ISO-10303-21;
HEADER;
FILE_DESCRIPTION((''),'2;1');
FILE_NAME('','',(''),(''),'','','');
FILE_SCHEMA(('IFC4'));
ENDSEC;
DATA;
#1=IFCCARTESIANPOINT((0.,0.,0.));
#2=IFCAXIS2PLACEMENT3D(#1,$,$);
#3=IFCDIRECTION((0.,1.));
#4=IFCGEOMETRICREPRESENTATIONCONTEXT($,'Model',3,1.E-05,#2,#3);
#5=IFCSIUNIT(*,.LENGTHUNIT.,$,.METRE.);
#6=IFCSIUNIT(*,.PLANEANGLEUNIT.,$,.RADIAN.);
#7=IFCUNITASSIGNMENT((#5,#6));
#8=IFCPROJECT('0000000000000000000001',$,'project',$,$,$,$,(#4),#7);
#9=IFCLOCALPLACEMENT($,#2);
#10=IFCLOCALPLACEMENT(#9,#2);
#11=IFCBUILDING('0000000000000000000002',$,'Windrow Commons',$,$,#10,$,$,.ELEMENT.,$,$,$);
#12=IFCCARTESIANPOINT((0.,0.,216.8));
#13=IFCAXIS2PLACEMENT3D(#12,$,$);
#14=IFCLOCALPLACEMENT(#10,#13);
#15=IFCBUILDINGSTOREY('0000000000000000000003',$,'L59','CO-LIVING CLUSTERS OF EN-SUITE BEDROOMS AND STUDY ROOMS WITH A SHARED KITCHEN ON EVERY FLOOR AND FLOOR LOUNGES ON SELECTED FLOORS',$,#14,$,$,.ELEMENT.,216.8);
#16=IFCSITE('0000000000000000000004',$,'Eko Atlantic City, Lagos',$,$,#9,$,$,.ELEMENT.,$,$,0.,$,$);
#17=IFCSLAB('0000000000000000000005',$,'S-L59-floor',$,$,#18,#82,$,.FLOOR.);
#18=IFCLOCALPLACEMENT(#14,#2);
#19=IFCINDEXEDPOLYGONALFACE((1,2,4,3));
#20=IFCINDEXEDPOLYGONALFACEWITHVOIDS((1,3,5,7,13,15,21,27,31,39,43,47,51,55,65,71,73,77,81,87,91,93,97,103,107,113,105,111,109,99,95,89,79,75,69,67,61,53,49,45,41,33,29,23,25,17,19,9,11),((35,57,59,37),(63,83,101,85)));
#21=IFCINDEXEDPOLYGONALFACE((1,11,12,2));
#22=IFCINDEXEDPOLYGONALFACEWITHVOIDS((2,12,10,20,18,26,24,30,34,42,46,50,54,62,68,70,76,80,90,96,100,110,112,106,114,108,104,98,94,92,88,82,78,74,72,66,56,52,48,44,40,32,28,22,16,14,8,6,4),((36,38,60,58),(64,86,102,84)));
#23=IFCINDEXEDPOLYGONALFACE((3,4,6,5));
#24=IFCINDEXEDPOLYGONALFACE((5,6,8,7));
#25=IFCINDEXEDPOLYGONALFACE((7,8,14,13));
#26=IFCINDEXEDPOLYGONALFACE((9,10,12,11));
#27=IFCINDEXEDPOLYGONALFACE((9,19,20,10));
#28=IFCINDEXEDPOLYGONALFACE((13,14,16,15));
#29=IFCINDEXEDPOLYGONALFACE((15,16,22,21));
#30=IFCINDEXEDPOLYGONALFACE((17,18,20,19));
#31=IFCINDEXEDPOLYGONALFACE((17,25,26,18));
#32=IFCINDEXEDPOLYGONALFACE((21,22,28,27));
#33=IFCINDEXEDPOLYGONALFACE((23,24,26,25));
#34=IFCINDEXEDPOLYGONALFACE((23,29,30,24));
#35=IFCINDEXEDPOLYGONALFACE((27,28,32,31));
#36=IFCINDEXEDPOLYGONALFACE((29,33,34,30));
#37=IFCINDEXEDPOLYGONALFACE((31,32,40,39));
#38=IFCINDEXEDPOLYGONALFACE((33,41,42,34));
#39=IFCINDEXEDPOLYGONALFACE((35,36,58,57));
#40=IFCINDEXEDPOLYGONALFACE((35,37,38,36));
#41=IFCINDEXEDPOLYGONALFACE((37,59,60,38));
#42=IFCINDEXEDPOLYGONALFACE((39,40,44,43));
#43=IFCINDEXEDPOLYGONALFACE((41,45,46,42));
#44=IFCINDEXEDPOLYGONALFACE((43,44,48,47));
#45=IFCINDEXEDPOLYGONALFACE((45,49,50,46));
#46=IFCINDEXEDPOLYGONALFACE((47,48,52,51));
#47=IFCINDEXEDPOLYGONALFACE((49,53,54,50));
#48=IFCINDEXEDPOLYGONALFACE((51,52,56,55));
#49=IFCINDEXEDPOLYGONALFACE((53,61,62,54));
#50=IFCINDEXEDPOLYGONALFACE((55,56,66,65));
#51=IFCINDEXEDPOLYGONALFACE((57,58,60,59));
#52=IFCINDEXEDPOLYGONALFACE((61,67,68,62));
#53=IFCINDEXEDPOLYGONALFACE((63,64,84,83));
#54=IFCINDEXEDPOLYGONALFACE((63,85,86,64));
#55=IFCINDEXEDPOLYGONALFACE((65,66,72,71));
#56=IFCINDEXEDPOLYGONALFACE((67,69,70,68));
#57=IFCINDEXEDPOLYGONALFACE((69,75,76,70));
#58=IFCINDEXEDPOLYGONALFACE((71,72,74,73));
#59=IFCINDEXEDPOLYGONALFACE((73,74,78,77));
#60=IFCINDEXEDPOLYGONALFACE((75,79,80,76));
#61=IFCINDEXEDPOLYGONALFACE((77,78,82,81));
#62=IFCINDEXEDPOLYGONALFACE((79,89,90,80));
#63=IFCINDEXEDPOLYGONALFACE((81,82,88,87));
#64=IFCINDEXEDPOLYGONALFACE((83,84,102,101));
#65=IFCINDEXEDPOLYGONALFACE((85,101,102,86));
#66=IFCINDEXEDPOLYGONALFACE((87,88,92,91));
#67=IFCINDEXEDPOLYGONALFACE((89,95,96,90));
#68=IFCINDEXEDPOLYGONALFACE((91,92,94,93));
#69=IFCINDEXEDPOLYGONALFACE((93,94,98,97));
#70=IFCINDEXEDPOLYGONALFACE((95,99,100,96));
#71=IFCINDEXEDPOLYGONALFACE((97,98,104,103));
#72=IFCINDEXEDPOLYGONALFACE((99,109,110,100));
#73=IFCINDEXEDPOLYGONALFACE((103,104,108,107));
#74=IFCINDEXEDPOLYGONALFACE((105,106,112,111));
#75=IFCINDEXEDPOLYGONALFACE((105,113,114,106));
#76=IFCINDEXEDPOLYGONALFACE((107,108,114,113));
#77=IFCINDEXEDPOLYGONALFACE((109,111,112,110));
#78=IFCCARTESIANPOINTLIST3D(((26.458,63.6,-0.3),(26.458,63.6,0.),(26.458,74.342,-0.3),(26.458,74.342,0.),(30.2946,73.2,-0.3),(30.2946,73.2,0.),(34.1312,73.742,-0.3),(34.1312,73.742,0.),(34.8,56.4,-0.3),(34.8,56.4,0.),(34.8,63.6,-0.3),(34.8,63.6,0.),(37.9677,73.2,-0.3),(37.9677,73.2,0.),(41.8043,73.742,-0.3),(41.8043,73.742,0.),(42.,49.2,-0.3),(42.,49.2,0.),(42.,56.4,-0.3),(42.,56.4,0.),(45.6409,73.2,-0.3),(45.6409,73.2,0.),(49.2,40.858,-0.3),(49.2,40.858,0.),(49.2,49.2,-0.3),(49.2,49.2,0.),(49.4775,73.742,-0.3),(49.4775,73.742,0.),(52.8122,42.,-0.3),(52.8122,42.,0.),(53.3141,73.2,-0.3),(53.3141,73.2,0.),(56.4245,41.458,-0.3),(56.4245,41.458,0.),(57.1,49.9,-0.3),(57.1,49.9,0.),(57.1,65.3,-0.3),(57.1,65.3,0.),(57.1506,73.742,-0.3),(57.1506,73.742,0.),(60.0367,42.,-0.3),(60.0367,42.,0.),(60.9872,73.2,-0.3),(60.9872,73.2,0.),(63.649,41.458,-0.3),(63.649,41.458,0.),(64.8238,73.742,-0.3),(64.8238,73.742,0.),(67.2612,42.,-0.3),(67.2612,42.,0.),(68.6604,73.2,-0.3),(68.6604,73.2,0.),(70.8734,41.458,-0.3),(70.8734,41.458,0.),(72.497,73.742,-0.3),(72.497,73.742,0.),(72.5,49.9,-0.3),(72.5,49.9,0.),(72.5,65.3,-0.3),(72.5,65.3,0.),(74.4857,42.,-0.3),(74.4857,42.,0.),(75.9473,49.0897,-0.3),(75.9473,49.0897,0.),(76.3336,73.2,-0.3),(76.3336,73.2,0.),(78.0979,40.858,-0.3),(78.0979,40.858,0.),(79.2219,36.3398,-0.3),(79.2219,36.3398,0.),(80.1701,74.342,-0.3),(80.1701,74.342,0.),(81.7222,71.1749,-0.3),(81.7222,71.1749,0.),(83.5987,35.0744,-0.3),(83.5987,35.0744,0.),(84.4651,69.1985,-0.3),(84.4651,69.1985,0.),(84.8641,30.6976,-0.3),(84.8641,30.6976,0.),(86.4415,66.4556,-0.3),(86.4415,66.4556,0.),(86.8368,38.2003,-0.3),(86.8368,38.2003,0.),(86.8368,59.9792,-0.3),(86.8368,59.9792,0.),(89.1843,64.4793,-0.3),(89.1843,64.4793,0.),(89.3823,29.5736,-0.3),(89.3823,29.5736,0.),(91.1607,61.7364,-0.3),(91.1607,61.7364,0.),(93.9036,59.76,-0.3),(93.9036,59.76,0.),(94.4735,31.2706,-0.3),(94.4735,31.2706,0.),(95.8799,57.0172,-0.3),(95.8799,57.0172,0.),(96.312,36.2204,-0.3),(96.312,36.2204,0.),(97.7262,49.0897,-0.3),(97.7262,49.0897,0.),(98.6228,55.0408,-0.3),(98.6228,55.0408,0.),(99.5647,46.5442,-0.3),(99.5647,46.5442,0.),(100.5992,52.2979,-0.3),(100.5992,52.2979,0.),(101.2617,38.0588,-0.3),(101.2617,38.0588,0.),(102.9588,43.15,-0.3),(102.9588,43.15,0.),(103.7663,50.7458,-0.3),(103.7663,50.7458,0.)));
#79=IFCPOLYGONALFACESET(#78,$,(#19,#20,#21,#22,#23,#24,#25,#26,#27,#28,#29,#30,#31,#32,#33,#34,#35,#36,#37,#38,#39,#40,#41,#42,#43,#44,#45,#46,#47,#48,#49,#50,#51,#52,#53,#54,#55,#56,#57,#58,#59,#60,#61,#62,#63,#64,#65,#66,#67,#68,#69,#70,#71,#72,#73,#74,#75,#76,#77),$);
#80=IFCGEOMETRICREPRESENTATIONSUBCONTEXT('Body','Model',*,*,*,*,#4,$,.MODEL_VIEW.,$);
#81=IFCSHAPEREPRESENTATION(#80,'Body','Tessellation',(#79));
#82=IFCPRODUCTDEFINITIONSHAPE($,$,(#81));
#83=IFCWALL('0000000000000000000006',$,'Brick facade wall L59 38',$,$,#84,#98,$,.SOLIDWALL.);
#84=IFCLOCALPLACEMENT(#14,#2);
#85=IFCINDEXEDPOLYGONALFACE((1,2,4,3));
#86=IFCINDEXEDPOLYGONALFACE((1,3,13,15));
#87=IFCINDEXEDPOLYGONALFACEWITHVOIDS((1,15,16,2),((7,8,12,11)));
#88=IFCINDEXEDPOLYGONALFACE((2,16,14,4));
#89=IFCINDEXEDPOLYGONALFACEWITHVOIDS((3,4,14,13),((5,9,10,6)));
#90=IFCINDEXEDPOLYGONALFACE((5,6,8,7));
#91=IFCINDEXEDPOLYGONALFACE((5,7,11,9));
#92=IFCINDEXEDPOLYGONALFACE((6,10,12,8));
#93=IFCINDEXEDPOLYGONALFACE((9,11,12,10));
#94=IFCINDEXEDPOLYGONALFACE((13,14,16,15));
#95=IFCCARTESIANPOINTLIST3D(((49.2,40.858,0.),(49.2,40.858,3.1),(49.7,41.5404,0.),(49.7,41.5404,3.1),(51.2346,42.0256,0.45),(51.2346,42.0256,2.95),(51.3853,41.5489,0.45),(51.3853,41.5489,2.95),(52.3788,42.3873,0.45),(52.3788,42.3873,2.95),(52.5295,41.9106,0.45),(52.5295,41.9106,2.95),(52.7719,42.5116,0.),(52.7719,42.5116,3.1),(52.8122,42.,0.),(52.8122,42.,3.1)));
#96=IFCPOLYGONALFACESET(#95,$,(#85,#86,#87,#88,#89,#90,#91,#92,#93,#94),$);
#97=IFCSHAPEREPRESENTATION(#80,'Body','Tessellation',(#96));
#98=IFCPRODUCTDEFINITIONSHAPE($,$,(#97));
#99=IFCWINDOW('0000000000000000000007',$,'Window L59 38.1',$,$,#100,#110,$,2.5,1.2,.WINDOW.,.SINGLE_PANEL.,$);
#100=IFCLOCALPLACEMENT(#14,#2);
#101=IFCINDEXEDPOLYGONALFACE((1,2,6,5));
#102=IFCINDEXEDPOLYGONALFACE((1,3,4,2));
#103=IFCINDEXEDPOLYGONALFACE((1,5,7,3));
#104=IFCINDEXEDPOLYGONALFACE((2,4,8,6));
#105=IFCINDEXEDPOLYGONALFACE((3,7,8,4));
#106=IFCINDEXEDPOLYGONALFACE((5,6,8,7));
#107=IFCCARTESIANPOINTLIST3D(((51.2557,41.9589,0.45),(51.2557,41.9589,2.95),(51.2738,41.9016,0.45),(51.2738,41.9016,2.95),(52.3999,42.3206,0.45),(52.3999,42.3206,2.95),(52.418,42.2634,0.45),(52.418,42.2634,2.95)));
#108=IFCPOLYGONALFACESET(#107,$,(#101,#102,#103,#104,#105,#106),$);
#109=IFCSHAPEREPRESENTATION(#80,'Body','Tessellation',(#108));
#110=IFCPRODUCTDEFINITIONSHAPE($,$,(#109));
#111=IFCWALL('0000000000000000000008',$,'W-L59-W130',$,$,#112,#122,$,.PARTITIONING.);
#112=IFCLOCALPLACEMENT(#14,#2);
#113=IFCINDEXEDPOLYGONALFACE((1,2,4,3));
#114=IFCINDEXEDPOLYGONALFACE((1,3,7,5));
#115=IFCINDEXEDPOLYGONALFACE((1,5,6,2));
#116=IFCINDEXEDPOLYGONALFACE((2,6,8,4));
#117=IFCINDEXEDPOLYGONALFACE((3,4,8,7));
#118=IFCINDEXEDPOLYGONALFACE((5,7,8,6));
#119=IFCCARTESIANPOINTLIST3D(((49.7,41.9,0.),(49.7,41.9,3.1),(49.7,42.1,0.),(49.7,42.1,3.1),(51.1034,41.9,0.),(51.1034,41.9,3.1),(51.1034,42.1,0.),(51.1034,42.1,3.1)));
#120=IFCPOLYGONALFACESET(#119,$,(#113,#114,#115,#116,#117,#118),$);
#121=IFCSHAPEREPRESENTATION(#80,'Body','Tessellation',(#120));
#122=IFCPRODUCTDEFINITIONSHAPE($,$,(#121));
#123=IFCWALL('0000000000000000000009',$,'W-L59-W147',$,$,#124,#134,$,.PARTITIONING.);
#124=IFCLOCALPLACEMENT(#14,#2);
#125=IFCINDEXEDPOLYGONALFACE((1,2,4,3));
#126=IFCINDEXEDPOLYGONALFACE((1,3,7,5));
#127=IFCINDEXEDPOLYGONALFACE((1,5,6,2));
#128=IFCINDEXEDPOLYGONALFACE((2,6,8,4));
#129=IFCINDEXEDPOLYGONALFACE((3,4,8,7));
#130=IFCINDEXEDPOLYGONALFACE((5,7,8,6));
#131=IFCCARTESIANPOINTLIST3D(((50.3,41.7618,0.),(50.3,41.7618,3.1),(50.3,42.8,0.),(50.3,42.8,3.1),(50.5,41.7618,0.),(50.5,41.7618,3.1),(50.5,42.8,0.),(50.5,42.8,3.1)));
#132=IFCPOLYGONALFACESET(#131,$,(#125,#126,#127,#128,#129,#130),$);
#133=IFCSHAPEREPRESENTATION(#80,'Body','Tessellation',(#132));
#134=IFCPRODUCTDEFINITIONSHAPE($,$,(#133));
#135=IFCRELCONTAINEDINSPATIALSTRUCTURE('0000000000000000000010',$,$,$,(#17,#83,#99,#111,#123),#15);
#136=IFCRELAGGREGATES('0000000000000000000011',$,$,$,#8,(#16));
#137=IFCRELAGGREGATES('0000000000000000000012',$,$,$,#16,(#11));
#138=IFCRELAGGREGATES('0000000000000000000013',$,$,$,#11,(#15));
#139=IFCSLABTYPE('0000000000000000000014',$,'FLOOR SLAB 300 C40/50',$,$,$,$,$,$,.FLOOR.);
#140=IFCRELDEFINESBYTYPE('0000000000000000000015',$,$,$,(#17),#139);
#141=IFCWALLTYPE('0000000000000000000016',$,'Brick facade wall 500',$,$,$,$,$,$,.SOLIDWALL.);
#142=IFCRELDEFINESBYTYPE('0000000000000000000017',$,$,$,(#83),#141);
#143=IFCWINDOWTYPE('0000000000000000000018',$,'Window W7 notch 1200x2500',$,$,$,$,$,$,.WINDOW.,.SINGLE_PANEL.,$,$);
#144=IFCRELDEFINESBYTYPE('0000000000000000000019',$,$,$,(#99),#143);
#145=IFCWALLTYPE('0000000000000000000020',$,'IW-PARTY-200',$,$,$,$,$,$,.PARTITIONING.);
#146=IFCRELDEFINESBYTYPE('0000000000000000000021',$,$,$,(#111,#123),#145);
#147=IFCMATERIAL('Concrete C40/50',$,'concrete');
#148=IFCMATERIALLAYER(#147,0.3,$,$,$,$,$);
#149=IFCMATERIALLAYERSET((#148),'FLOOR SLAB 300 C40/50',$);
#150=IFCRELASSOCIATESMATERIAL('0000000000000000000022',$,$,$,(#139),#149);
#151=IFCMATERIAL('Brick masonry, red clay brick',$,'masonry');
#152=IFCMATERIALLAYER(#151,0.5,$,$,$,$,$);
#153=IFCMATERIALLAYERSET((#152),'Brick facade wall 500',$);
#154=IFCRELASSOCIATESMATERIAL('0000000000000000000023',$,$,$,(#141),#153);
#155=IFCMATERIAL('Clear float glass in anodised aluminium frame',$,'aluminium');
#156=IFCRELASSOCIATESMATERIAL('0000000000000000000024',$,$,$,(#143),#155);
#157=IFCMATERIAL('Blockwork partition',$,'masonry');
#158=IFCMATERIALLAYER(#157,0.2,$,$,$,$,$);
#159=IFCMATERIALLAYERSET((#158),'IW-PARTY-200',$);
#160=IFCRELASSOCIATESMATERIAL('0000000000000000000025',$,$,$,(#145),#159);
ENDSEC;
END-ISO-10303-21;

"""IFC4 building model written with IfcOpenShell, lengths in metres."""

from ifc_helpers import new_model, si_unit, direction, frame, frame_2d, origin, place, context, subcontext, project, spatial, polyline, rectangle, outline, extrude, material, layer, layer_set, type_object, element, fill, save


model = new_model("IFC4")

# Units and contexts
model_context = context("Model", 3, precision=1e-05, world=origin(), true_north=direction((0.0, 1.0)))
body_context = subcontext(model_context, "Body", "Model", "MODEL_VIEW")
ifc_project = project(units=[si_unit("LENGTHUNIT", "METRE"), si_unit("PLANEANGLEUNIT", "RADIAN")], contexts=[model_context])

# Site, building, storey
site_placement = place(None, origin())
site = spatial("IfcSite", under=ifc_project, at=site_placement, Name="Eko Atlantic City, Lagos", CompositionType="ELEMENT", RefElevation=0.0)
building_placement = place(site_placement, origin())
building = spatial("IfcBuilding", under=site, at=building_placement, Name="Windrow Commons", CompositionType="ELEMENT")
storey_placement = place(building_placement, frame((0.0, 0.0, 216.8)))
storey = spatial("IfcBuildingStorey", under=building, at=storey_placement, Name="L59", Description="CO-LIVING CLUSTERS OF EN-SUITE BEDROOMS AND STUDY ROOMS WITH A SHARED KITCHEN ON EVERY FLOOR AND FLOOR LOUNGES ON SELECTED FLOORS", CompositionType="ELEMENT", Elevation=216.8)

# Shared definitions
placement_1 = place(storey_placement, frame((0.0, 0.0, -0.3)))

# Slab, openings
ifc_material_1 = material(Name="Concrete C40/50", Category="concrete")
ifc_layer_1 = layer(ifc_material_1, 0.3)
ifc_layer_set_1 = layer_set([ifc_layer_1], Name="FLOOR SLAB 300 C40/50")
slab_type_1 = type_object("IfcSlabType", Name="FLOOR SLAB 300 C40/50", PredefinedType="FLOOR", material=ifc_layer_set_1)
slab_1 = element("IfcSlab", 1, at=placement_1, inside=storey, type_object=slab_type_1, Name="S-L59-floor", PredefinedType="FLOOR", context=body_context, shape_type="SweptSolid", body=[
    extrude(outline(polyline([(84.8641, 30.6976), (89.3823, 29.5736), (94.4735, 31.2706), (96.312, 36.2204), (101.2617, 38.0588), (102.9588, 43.15), (99.5647, 46.5442), (103.7663, 50.7458), (100.5992, 52.2979), (98.6228, 55.0408), (95.8799, 57.0172), (93.9036, 59.76), (91.1607, 61.7364), (89.1843, 64.4793), (86.4415, 66.4556), (84.4651, 69.1985), (81.7222, 71.1749), (80.1701, 74.342), (76.3336, 73.2), (72.497, 73.742), (68.6604, 73.2), (64.8238, 73.742), (60.9872, 73.2), (57.1506, 73.742), (53.3141, 73.2), (49.4775, 73.742), (45.6409, 73.2), (41.8043, 73.742), (37.9677, 73.2), (34.1312, 73.742), (30.2946, 73.2), (26.458, 74.342), (26.458, 63.6), (34.8, 63.6), (34.8, 56.4), (42.0, 56.4), (42.0, 49.2), (49.2, 49.2), (49.2, 40.858), (52.8122, 42.0), (56.4245, 41.458), (60.0367, 42.0), (63.649, 41.458), (67.2612, 42.0), (70.8734, 41.458), (74.4857, 42.0), (78.0979, 40.858), (79.2219, 36.3398), (83.5987, 35.0744), (84.8641, 30.6976)]), holes=[polyline([(75.9473, 49.0897), (86.8368, 59.9792), (97.7262, 49.0897), (86.8368, 38.2003), (75.9473, 49.0897)]), polyline([(57.1, 49.9), (57.1, 65.3), (72.5, 65.3), (72.5, 49.9), (57.1, 49.9)])]), origin(), (0.0, 0.0, 1.0), 0.3),
])
opening_1_placement = place(placement_1, origin())
element("IfcOpeningElement", 2, at=opening_1_placement, cuts=slab_1, PredefinedType="OPENING", context=body_context, shape_type="SweptSolid", body=[
    extrude(outline(polyline([(75.9544, 49.0897), (86.8368, 59.9721), (97.7191, 49.0897), (86.8368, 38.2074), (75.9544, 49.0897)])), origin(), (0.0, 0.0, 1.0), 0.3),
])
opening_2_placement = place(placement_1, origin())
element("IfcOpeningElement", 3, at=opening_2_placement, cuts=slab_1, PredefinedType="OPENING", context=body_context, shape_type="SweptSolid", body=[
    extrude(outline(polyline([(57.105, 49.905), (57.105, 65.295), (72.495, 65.295), (72.495, 49.905), (57.105, 49.905)])), origin(), (0.0, 0.0, 1.0), 0.3),
])

# Wall, opening, window
ifc_material_2 = material(Name="Brick masonry, red clay brick", Category="masonry")
ifc_layer_2 = layer(ifc_material_2, 0.5)
ifc_layer_set_2 = layer_set([ifc_layer_2], Name="Brick facade wall 500")
wall_type_1 = type_object("IfcWallType", Name="Brick facade wall 500", PredefinedType="SOLIDWALL", material=ifc_layer_set_2)
wall_1_placement = place(storey_placement, frame((49.45, 41.1992, 0.0), z_axis=(0.0, 0.0, 1.0), x_axis=(0.953484, 0.301443, 0.0)))
wall_1 = element("IfcWall", 4, at=wall_1_placement, inside=storey, type_object=wall_type_1, Name="Brick facade wall L59 38", PredefinedType="SOLIDWALL", context=body_context, shape_type="SweptSolid", body=[
    extrude(outline(polyline([(-0.3412, -0.25), (3.4472, -0.25), (3.563, 0.25), (0.3412, 0.25), (-0.3412, -0.25)])), origin(), (0.0, 0.0, 1.0), 3.1),
])
opening_3_placement = place(wall_1_placement, frame((1.9507, 0.0, 0.45)))
opening_3 = element("IfcOpeningElement", 5, at=opening_3_placement, cuts=wall_1, PredefinedType="OPENING", context=body_context, shape_type="SweptSolid", body=[
    extrude(rectangle(XDim=1.2, YDim=2.5, at=frame_2d((0.6, 1.25))), frame((0.0, 0.26, 0.0), z_axis=(0.0, -1.0, 0.0), x_axis=(1.0, 0.0, 0.0)), (0.0, 0.0, 1.0), 0.52),
])
ifc_material_3 = material(Name="Clear float glass in anodised aluminium frame", Category="aluminium")
window_type = type_object("IfcWindowType", Name="Window W7 notch 1200x2500", PartitioningType="SINGLE_PANEL", PredefinedType="WINDOW", material=ifc_material_3)
window_placement = place(opening_3_placement, origin())
window = element("IfcWindow", 6, at=window_placement, inside=storey, type_object=window_type, Name="Window L59 38.1", OverallHeight=2.5, OverallWidth=1.2, PartitioningType="SINGLE_PANEL", PredefinedType="WINDOW", context=body_context, shape_type="SweptSolid", body=[
    extrude(rectangle(XDim=1.2, YDim=2.5, at=frame_2d((0.6, 1.25))), frame((0.0, 0.18, 0.0), z_axis=(0.0, -1.0, 0.0), x_axis=(1.0, 0.0, 0.0)), (0.0, 0.0, 1.0), 0.06),
])
fill(opening_3, window)

# Walls
ifc_material_4 = material(Name="Blockwork partition", Category="masonry")
ifc_layer_3 = layer(ifc_material_4, 0.2)
ifc_layer_set_3 = layer_set([ifc_layer_3], Name="IW-PARTY-200")
wall_type_2 = type_object("IfcWallType", Name="IW-PARTY-200", PredefinedType="PARTITIONING", material=ifc_layer_set_3)
wall_2_placement = place(storey_placement, frame((49.7, 42.0, 0.0), z_axis=(0.0, 0.0, 1.0), x_axis=(1.0, 0.0, 0.0)))
element("IfcWall", 7, at=wall_2_placement, inside=storey, type_object=wall_type_2, Name="W-L59-W130", PredefinedType="PARTITIONING", context=body_context, shape_type="SweptSolid", body=[
    extrude(rectangle(XDim=1.4035, YDim=0.2, at=frame_2d((0.7017, 0.0))), origin(), (0.0, 0.0, 1.0), 3.1),
])
wall_3_placement = place(storey_placement, frame((50.4, 41.7618, 0.0), z_axis=(0.0, 0.0, 1.0), x_axis=(0.0, 1.0, 0.0)))
element("IfcWall", 8, at=wall_3_placement, inside=storey, type_object=wall_type_2, Name="W-L59-W147", PredefinedType="PARTITIONING", context=body_context, shape_type="SweptSolid", body=[
    extrude(rectangle(XDim=1.0382, YDim=0.2, at=frame_2d((0.5191, 0.0))), origin(), (0.0, 0.0, 1.0), 3.1),
])

save(model, "model.ifc")
